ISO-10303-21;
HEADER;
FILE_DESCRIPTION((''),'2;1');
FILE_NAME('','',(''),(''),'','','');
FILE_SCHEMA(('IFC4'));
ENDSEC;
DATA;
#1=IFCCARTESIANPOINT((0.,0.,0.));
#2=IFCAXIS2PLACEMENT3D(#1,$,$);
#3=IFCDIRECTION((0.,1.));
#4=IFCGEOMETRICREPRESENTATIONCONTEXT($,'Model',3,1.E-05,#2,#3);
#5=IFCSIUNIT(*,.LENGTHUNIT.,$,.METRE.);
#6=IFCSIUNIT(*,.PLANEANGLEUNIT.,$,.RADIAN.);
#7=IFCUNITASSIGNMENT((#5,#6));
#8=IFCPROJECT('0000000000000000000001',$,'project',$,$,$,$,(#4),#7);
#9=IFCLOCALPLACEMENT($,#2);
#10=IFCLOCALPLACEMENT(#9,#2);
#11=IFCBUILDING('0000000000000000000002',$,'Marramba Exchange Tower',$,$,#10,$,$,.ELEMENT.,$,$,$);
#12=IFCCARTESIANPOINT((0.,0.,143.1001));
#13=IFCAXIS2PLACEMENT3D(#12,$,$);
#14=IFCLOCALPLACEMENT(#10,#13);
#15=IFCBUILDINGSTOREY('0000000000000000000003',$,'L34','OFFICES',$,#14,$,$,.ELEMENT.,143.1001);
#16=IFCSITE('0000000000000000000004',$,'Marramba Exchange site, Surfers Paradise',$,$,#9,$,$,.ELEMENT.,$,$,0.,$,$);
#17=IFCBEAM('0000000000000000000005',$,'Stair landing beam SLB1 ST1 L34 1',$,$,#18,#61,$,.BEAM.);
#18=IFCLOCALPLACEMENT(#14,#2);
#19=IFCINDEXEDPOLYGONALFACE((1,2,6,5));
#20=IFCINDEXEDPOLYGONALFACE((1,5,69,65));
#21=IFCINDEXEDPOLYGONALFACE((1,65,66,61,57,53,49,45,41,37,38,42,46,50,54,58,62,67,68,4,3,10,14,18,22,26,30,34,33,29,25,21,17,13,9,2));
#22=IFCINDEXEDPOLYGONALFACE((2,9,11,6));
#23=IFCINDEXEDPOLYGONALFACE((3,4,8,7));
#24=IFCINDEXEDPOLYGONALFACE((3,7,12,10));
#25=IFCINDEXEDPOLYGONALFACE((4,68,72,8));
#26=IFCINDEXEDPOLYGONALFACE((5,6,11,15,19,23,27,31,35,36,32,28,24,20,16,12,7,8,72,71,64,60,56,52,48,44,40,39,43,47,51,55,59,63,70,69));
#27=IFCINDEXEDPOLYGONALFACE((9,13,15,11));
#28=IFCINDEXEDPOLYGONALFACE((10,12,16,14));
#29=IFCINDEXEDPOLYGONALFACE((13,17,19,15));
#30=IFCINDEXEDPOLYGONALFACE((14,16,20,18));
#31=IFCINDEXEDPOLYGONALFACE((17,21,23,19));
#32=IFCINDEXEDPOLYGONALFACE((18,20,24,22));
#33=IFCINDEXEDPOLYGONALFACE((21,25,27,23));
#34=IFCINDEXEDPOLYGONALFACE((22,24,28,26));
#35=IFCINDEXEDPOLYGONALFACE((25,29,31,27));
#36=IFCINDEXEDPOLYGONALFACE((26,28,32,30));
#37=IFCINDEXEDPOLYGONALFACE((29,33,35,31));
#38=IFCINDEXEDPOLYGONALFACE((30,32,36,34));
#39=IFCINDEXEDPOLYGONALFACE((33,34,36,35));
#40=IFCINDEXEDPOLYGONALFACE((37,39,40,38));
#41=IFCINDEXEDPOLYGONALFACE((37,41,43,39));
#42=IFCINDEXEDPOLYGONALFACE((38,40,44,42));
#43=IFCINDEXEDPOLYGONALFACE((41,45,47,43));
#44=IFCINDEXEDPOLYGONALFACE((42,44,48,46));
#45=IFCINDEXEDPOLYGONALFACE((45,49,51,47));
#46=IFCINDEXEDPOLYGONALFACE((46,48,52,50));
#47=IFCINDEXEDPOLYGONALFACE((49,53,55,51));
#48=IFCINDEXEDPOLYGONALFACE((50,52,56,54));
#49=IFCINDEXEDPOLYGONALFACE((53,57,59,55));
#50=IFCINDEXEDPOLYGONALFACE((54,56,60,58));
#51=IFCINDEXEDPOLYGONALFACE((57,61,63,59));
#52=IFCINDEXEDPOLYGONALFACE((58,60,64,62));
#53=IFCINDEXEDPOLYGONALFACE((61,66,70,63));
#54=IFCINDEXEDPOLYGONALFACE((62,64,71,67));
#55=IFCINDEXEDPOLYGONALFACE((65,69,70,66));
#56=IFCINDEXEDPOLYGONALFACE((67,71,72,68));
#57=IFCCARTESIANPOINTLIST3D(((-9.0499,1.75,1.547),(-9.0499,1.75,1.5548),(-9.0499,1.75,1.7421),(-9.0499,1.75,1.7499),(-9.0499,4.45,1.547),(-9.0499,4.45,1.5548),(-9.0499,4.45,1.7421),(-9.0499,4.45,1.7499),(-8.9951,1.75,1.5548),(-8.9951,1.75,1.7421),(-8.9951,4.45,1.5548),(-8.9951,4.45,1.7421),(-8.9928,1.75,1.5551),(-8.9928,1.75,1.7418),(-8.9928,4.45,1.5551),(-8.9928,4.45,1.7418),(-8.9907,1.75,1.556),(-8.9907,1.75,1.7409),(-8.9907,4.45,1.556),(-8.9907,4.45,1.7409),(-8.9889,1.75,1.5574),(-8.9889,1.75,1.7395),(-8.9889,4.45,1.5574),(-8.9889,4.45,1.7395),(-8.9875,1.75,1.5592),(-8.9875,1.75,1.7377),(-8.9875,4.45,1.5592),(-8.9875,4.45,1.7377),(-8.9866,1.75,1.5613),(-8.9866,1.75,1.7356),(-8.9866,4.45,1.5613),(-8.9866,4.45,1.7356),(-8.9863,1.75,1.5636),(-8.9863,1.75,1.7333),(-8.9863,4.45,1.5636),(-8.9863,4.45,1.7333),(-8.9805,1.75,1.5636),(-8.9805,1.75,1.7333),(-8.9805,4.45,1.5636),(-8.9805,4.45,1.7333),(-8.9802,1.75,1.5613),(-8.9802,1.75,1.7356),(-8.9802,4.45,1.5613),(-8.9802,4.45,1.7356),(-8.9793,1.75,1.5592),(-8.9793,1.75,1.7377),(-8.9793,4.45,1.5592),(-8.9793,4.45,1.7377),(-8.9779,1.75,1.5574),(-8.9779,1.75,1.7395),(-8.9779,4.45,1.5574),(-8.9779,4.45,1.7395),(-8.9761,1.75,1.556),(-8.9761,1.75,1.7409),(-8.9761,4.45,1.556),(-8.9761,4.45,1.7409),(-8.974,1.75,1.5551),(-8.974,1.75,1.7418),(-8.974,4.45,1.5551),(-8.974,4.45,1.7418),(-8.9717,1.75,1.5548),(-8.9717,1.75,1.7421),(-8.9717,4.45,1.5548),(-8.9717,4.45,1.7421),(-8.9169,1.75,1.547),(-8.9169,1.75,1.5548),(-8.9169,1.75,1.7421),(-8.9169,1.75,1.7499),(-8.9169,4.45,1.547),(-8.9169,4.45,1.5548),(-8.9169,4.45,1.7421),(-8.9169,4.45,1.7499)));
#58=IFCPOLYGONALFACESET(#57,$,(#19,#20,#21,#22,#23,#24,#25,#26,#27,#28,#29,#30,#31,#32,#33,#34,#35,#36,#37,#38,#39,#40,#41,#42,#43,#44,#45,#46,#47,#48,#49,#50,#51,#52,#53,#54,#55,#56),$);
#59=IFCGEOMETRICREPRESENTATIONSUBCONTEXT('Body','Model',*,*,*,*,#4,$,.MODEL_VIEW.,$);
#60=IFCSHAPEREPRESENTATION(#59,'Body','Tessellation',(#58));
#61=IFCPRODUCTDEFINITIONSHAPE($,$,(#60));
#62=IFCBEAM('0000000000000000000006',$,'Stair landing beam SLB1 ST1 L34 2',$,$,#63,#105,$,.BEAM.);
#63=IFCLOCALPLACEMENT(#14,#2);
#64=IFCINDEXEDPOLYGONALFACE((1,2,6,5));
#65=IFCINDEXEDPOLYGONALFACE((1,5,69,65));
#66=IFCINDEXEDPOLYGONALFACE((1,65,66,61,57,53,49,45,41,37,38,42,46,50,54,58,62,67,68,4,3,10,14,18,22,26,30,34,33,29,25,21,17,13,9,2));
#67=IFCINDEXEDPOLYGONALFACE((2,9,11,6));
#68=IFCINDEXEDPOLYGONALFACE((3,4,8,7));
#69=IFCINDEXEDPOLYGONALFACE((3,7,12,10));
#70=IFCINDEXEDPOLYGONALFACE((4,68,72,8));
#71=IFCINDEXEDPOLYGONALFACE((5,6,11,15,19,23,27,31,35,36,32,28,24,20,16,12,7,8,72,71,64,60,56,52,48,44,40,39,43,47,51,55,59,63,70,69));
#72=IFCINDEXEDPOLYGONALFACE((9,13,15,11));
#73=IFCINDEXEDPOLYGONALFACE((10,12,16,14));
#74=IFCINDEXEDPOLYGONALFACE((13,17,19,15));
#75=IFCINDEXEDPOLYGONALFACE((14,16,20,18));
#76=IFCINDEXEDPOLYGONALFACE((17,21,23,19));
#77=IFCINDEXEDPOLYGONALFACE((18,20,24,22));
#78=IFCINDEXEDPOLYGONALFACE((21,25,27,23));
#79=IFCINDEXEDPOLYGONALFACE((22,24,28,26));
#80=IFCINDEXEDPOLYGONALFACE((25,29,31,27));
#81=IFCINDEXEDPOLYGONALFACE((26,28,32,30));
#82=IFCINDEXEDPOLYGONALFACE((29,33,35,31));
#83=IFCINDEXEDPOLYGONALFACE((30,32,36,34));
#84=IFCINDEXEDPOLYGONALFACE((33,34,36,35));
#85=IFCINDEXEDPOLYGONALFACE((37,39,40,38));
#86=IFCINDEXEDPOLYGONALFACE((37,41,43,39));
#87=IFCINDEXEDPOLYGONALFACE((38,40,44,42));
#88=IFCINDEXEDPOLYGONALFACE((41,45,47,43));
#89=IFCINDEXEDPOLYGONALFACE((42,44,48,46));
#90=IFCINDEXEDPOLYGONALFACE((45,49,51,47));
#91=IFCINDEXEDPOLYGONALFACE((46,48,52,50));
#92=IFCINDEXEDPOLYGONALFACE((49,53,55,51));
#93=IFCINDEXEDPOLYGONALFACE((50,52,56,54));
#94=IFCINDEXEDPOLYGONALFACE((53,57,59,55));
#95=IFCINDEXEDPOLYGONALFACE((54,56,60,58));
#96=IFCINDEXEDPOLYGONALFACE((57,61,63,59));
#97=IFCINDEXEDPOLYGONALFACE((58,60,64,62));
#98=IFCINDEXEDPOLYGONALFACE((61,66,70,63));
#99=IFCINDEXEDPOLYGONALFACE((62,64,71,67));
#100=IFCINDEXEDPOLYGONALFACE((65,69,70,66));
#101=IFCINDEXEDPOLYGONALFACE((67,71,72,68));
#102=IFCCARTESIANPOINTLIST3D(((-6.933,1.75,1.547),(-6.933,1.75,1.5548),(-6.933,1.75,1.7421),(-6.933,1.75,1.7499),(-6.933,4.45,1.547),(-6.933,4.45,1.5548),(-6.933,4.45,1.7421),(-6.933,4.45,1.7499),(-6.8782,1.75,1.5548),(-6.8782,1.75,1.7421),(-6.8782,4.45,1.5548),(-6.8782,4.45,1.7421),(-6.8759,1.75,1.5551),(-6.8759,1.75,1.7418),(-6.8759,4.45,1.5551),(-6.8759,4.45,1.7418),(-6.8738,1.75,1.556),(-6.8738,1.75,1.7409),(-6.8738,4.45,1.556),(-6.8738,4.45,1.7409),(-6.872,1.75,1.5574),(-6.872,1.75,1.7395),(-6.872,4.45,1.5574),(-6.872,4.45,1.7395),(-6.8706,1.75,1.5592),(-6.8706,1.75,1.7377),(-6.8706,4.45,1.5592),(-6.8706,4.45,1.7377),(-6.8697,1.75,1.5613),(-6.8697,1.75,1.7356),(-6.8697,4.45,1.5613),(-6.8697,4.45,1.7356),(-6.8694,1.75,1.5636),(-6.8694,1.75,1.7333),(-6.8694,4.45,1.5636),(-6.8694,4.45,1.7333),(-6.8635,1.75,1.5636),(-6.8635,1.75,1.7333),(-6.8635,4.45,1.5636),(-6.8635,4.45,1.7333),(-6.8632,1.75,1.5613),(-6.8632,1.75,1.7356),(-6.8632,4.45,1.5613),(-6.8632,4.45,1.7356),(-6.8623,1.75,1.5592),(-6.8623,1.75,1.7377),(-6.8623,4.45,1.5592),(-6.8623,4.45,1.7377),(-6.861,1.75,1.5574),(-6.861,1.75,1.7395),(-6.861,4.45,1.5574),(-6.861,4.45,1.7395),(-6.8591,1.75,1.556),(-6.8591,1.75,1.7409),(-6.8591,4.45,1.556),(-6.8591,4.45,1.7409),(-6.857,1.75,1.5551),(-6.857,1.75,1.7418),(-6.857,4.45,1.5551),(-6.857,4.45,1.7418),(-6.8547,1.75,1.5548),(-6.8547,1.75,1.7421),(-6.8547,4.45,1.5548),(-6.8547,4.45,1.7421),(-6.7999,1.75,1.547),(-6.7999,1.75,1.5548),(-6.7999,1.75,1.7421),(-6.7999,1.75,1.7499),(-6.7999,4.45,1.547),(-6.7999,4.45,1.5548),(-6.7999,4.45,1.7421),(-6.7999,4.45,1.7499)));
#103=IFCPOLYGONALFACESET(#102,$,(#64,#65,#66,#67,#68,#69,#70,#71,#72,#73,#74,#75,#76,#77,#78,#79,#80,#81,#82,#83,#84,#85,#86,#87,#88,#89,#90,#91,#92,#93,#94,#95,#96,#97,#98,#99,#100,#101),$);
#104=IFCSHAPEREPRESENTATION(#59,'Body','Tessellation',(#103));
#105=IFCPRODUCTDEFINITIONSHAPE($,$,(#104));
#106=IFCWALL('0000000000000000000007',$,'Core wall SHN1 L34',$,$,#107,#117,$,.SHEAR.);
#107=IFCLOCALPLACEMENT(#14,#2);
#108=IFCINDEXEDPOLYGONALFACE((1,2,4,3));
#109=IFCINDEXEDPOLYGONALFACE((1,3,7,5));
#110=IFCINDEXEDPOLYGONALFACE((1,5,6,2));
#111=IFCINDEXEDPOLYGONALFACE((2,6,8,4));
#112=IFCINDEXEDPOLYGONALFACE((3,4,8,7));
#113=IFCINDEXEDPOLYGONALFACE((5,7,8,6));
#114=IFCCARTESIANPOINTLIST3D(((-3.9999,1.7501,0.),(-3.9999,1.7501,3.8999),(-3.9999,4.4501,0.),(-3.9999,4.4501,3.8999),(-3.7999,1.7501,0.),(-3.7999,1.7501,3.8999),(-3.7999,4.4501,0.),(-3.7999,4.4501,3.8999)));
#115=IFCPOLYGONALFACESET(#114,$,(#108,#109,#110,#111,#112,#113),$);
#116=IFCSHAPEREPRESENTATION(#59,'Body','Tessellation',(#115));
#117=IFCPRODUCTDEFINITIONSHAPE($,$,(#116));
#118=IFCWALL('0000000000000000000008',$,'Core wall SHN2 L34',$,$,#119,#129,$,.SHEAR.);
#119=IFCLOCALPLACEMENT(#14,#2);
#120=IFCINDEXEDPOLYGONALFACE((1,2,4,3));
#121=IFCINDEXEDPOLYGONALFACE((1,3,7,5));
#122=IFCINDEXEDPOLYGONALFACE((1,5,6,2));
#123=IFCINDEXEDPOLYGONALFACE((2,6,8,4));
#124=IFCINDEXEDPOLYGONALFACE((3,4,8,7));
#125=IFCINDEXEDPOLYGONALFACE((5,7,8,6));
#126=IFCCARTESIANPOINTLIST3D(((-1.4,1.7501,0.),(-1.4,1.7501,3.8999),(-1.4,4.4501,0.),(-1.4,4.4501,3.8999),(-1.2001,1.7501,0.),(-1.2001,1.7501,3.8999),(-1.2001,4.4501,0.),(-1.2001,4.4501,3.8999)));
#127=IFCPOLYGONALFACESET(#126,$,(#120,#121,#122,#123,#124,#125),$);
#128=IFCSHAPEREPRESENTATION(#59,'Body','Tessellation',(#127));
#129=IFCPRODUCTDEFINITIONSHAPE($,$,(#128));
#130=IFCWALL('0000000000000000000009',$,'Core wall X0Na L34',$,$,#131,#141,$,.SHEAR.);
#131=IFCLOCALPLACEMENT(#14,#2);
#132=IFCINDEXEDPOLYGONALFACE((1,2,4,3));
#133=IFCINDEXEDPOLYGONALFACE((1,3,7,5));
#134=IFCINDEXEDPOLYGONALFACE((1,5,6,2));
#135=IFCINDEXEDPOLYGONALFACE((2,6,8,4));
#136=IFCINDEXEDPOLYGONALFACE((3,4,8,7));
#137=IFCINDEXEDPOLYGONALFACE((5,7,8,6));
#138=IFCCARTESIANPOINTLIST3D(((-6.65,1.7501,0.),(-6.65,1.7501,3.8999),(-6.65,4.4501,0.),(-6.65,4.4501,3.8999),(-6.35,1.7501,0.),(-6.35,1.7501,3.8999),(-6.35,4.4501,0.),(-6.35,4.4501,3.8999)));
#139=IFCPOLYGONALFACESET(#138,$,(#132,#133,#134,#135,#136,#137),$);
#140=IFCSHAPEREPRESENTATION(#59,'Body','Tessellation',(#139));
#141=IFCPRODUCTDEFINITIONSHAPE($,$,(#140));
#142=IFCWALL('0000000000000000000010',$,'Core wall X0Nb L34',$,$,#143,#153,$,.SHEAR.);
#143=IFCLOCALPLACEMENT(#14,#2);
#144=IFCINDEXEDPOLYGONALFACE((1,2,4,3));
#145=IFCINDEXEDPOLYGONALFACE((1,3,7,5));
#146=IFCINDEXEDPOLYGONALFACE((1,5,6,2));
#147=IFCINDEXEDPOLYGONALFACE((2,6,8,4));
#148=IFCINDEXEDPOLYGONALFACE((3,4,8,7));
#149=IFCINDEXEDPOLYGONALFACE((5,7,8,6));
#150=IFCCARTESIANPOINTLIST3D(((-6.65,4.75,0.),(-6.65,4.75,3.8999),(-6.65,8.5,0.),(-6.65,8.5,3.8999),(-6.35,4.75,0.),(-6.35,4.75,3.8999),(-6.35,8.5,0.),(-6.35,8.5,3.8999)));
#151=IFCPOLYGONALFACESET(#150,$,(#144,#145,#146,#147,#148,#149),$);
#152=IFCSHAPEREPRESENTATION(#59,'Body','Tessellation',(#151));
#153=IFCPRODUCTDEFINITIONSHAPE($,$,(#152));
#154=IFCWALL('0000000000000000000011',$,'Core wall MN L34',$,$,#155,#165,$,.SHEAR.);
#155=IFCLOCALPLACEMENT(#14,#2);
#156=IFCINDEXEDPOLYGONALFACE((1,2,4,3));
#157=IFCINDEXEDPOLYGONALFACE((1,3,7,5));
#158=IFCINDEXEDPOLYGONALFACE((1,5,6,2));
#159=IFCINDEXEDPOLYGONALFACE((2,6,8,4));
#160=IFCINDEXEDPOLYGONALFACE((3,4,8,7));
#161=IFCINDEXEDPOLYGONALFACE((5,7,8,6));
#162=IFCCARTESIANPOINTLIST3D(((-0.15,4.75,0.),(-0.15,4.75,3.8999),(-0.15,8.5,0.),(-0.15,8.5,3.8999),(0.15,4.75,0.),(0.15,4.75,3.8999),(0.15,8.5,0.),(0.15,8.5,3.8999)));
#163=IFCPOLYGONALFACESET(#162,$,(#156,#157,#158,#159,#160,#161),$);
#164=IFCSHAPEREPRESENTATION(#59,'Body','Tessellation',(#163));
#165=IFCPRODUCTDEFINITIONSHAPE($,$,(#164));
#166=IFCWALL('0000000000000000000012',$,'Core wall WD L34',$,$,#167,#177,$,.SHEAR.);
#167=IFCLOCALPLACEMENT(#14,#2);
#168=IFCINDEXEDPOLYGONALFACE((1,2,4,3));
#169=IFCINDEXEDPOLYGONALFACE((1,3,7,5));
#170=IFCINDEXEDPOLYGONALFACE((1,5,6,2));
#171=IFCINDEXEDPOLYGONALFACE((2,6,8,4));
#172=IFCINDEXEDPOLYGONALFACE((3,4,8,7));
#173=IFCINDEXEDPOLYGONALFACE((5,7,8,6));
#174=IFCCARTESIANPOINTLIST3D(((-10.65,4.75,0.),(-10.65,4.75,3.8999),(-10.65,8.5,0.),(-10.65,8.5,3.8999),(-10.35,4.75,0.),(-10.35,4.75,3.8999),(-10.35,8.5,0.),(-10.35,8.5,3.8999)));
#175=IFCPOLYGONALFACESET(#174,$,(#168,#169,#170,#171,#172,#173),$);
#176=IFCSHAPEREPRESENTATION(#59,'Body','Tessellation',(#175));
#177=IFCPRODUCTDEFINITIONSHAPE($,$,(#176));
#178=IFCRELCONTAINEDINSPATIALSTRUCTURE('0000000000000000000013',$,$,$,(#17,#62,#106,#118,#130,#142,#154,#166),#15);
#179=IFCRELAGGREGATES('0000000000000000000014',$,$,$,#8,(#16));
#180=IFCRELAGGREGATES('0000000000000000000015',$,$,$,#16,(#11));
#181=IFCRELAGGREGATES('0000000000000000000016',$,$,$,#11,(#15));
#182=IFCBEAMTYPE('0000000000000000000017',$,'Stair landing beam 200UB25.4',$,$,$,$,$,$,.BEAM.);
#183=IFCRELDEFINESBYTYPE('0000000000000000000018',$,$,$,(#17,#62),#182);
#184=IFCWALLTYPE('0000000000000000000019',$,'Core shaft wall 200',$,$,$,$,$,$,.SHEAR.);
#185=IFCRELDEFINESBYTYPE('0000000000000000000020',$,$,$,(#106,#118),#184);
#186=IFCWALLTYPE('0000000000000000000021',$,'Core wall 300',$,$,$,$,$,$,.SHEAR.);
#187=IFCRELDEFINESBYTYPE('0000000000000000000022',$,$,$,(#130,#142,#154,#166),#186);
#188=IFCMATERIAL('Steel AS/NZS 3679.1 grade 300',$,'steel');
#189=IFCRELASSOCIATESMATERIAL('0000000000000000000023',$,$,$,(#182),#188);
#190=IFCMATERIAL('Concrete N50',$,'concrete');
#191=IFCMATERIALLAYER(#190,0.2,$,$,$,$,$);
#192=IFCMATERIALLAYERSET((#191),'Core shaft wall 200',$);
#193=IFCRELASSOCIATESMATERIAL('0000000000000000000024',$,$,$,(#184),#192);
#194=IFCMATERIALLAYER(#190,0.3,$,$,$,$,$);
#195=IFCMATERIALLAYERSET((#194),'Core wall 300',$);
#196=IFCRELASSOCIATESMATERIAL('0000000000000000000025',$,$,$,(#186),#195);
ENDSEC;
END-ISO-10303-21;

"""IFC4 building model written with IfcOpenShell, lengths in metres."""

from ifc_helpers import new_model, si_unit, direction, frame, frame_2d, origin, origin_2d, place, context, subcontext, project, spatial, rectangle, i_section, extrude, material, layer, layer_set, material_profile, profile_set, type_object, element, save


model = new_model("IFC4")

# Units and contexts
model_context = context("Model", 3, precision=1e-05, world=origin(), true_north=direction((0.0, 1.0)))
body_context = subcontext(model_context, "Body", "Model", "MODEL_VIEW")
ifc_project = project(units=[si_unit("LENGTHUNIT", "METRE"), si_unit("PLANEANGLEUNIT", "RADIAN")], contexts=[model_context])

# Site, building, storey
site_placement = place(None, origin())
site = spatial("IfcSite", under=ifc_project, at=site_placement, Name="Marramba Exchange site, Surfers Paradise", CompositionType="ELEMENT", RefElevation=0.0)
building_placement = place(site_placement, origin())
building = spatial("IfcBuilding", under=site, at=building_placement, Name="Marramba Exchange Tower", CompositionType="ELEMENT")
storey_placement = place(building_placement, frame((0.0, 0.0, 143.1001)))
storey = spatial("IfcBuildingStorey", under=building, at=storey_placement, Name="L34", Description="OFFICES", CompositionType="ELEMENT", Elevation=143.1001)

# Shared definitions
ifc_material_1 = material(Name="Concrete N50", Category="concrete")

# Beams
ifc_material_2 = material(Name="Steel AS/NZS 3679.1 grade 300", Category="steel")
ifc_material_profile_1 = material_profile(ifc_material_2, i_section(OverallWidth=0.1331, OverallDepth=0.2029, WebThickness=0.0059, FlangeThickness=0.0078, FilletRadius=0.0088, at=origin_2d()), Name="200UB25.4")
ifc_profile_set_1 = profile_set([ifc_material_profile_1], Name="Steel AS/NZS 3679.1 grade 300")
beam_type_1 = type_object("IfcBeamType", Name="Stair landing beam 200UB25.4", PredefinedType="BEAM", material=ifc_profile_set_1)
for number, where, z_axis, x_axis, name in (
    (1, (-8.9834, 1.75, 1.6484), (0.0, 1.0, 0.0), (-1.0, 0.0, 0.0), "Stair landing beam SLB1 ST1 L34 1"),
    (2, (-6.8665, 1.75, 1.6484), (0.0, 1.0, 0.0), (-1.0, 0.0, 0.0), "Stair landing beam SLB1 ST1 L34 2"),
):
    element("IfcBeam", number, at=place(storey_placement, frame(where, z_axis=z_axis, x_axis=x_axis)), inside=storey, type_object=beam_type_1, Name=name, PredefinedType="BEAM", context=body_context, shape_type="SweptSolid", body=[
        extrude(i_section(OverallWidth=0.1331, OverallDepth=0.2029, WebThickness=0.0059, FlangeThickness=0.0078, FilletRadius=0.0088, at=origin_2d()), origin(), (0.0, 0.0, 1.0), 2.7),
    ])

# Walls
ifc_layer_1 = layer(ifc_material_1, 0.2)
ifc_layer_set_1 = layer_set([ifc_layer_1], Name="Core shaft wall 200")
wall_type_1 = type_object("IfcWallType", Name="Core shaft wall 200", PredefinedType="SHEAR", material=ifc_layer_set_1)
for number, where, z_axis, x_axis, name in (
    (3, (-3.8999, 1.75, 0.0), (0.0, 0.0, 1.0), (0.0, 1.0, 0.0), "Core wall SHN1 L34"),
    (4, (-1.3, 1.75, 0.0), (0.0, 0.0, 1.0), (0.0, 1.0, 0.0), "Core wall SHN2 L34"),
):
    element("IfcWall", number, at=place(storey_placement, frame(where, z_axis=z_axis, x_axis=x_axis)), inside=storey, type_object=wall_type_1, Name=name, PredefinedType="SHEAR", context=body_context, shape_type="SweptSolid", body=[
        extrude(rectangle(XDim=2.7, YDim=0.2, at=frame_2d((1.3501, 0.0))), origin(), (0.0, 0.0, 1.0), 3.8999),
    ])
ifc_layer_2 = layer(ifc_material_1, 0.3)
ifc_layer_set_2 = layer_set([ifc_layer_2], Name="Core wall 300")
wall_type_2 = type_object("IfcWallType", Name="Core wall 300", PredefinedType="SHEAR", material=ifc_layer_set_2)
wall_1_placement = place(storey_placement, frame((-6.5, 1.75, 0.0), z_axis=(0.0, 0.0, 1.0), x_axis=(0.0, 1.0, 0.0)))
element("IfcWall", 5, at=wall_1_placement, inside=storey, type_object=wall_type_2, Name="Core wall X0Na L34", PredefinedType="SHEAR", context=body_context, shape_type="SweptSolid", body=[
    extrude(rectangle(XDim=2.7, YDim=0.3, at=frame_2d((1.3501, 0.0))), origin(), (0.0, 0.0, 1.0), 3.8999),
])
for number, where, z_axis, x_axis, name in (
    (6, (-6.5, 4.75, 0.0), (0.0, 0.0, 1.0), (0.0, 1.0, 0.0), "Core wall X0Nb L34"),
    (7, (0.0, 4.75, 0.0), (0.0, 0.0, 1.0), (0.0, 1.0, 0.0), "Core wall MN L34"),
    (8, (-10.5, 4.75, 0.0), (0.0, 0.0, 1.0), (0.0, 1.0, 0.0), "Core wall WD L34"),
):
    element("IfcWall", number, at=place(storey_placement, frame(where, z_axis=z_axis, x_axis=x_axis)), inside=storey, type_object=wall_type_2, Name=name, PredefinedType="SHEAR", context=body_context, shape_type="SweptSolid", body=[
        extrude(rectangle(XDim=3.75, YDim=0.3, at=frame_2d((1.875, 0.0))), origin(), (0.0, 0.0, 1.0), 3.8999),
    ])

save(model, "model.ifc")
